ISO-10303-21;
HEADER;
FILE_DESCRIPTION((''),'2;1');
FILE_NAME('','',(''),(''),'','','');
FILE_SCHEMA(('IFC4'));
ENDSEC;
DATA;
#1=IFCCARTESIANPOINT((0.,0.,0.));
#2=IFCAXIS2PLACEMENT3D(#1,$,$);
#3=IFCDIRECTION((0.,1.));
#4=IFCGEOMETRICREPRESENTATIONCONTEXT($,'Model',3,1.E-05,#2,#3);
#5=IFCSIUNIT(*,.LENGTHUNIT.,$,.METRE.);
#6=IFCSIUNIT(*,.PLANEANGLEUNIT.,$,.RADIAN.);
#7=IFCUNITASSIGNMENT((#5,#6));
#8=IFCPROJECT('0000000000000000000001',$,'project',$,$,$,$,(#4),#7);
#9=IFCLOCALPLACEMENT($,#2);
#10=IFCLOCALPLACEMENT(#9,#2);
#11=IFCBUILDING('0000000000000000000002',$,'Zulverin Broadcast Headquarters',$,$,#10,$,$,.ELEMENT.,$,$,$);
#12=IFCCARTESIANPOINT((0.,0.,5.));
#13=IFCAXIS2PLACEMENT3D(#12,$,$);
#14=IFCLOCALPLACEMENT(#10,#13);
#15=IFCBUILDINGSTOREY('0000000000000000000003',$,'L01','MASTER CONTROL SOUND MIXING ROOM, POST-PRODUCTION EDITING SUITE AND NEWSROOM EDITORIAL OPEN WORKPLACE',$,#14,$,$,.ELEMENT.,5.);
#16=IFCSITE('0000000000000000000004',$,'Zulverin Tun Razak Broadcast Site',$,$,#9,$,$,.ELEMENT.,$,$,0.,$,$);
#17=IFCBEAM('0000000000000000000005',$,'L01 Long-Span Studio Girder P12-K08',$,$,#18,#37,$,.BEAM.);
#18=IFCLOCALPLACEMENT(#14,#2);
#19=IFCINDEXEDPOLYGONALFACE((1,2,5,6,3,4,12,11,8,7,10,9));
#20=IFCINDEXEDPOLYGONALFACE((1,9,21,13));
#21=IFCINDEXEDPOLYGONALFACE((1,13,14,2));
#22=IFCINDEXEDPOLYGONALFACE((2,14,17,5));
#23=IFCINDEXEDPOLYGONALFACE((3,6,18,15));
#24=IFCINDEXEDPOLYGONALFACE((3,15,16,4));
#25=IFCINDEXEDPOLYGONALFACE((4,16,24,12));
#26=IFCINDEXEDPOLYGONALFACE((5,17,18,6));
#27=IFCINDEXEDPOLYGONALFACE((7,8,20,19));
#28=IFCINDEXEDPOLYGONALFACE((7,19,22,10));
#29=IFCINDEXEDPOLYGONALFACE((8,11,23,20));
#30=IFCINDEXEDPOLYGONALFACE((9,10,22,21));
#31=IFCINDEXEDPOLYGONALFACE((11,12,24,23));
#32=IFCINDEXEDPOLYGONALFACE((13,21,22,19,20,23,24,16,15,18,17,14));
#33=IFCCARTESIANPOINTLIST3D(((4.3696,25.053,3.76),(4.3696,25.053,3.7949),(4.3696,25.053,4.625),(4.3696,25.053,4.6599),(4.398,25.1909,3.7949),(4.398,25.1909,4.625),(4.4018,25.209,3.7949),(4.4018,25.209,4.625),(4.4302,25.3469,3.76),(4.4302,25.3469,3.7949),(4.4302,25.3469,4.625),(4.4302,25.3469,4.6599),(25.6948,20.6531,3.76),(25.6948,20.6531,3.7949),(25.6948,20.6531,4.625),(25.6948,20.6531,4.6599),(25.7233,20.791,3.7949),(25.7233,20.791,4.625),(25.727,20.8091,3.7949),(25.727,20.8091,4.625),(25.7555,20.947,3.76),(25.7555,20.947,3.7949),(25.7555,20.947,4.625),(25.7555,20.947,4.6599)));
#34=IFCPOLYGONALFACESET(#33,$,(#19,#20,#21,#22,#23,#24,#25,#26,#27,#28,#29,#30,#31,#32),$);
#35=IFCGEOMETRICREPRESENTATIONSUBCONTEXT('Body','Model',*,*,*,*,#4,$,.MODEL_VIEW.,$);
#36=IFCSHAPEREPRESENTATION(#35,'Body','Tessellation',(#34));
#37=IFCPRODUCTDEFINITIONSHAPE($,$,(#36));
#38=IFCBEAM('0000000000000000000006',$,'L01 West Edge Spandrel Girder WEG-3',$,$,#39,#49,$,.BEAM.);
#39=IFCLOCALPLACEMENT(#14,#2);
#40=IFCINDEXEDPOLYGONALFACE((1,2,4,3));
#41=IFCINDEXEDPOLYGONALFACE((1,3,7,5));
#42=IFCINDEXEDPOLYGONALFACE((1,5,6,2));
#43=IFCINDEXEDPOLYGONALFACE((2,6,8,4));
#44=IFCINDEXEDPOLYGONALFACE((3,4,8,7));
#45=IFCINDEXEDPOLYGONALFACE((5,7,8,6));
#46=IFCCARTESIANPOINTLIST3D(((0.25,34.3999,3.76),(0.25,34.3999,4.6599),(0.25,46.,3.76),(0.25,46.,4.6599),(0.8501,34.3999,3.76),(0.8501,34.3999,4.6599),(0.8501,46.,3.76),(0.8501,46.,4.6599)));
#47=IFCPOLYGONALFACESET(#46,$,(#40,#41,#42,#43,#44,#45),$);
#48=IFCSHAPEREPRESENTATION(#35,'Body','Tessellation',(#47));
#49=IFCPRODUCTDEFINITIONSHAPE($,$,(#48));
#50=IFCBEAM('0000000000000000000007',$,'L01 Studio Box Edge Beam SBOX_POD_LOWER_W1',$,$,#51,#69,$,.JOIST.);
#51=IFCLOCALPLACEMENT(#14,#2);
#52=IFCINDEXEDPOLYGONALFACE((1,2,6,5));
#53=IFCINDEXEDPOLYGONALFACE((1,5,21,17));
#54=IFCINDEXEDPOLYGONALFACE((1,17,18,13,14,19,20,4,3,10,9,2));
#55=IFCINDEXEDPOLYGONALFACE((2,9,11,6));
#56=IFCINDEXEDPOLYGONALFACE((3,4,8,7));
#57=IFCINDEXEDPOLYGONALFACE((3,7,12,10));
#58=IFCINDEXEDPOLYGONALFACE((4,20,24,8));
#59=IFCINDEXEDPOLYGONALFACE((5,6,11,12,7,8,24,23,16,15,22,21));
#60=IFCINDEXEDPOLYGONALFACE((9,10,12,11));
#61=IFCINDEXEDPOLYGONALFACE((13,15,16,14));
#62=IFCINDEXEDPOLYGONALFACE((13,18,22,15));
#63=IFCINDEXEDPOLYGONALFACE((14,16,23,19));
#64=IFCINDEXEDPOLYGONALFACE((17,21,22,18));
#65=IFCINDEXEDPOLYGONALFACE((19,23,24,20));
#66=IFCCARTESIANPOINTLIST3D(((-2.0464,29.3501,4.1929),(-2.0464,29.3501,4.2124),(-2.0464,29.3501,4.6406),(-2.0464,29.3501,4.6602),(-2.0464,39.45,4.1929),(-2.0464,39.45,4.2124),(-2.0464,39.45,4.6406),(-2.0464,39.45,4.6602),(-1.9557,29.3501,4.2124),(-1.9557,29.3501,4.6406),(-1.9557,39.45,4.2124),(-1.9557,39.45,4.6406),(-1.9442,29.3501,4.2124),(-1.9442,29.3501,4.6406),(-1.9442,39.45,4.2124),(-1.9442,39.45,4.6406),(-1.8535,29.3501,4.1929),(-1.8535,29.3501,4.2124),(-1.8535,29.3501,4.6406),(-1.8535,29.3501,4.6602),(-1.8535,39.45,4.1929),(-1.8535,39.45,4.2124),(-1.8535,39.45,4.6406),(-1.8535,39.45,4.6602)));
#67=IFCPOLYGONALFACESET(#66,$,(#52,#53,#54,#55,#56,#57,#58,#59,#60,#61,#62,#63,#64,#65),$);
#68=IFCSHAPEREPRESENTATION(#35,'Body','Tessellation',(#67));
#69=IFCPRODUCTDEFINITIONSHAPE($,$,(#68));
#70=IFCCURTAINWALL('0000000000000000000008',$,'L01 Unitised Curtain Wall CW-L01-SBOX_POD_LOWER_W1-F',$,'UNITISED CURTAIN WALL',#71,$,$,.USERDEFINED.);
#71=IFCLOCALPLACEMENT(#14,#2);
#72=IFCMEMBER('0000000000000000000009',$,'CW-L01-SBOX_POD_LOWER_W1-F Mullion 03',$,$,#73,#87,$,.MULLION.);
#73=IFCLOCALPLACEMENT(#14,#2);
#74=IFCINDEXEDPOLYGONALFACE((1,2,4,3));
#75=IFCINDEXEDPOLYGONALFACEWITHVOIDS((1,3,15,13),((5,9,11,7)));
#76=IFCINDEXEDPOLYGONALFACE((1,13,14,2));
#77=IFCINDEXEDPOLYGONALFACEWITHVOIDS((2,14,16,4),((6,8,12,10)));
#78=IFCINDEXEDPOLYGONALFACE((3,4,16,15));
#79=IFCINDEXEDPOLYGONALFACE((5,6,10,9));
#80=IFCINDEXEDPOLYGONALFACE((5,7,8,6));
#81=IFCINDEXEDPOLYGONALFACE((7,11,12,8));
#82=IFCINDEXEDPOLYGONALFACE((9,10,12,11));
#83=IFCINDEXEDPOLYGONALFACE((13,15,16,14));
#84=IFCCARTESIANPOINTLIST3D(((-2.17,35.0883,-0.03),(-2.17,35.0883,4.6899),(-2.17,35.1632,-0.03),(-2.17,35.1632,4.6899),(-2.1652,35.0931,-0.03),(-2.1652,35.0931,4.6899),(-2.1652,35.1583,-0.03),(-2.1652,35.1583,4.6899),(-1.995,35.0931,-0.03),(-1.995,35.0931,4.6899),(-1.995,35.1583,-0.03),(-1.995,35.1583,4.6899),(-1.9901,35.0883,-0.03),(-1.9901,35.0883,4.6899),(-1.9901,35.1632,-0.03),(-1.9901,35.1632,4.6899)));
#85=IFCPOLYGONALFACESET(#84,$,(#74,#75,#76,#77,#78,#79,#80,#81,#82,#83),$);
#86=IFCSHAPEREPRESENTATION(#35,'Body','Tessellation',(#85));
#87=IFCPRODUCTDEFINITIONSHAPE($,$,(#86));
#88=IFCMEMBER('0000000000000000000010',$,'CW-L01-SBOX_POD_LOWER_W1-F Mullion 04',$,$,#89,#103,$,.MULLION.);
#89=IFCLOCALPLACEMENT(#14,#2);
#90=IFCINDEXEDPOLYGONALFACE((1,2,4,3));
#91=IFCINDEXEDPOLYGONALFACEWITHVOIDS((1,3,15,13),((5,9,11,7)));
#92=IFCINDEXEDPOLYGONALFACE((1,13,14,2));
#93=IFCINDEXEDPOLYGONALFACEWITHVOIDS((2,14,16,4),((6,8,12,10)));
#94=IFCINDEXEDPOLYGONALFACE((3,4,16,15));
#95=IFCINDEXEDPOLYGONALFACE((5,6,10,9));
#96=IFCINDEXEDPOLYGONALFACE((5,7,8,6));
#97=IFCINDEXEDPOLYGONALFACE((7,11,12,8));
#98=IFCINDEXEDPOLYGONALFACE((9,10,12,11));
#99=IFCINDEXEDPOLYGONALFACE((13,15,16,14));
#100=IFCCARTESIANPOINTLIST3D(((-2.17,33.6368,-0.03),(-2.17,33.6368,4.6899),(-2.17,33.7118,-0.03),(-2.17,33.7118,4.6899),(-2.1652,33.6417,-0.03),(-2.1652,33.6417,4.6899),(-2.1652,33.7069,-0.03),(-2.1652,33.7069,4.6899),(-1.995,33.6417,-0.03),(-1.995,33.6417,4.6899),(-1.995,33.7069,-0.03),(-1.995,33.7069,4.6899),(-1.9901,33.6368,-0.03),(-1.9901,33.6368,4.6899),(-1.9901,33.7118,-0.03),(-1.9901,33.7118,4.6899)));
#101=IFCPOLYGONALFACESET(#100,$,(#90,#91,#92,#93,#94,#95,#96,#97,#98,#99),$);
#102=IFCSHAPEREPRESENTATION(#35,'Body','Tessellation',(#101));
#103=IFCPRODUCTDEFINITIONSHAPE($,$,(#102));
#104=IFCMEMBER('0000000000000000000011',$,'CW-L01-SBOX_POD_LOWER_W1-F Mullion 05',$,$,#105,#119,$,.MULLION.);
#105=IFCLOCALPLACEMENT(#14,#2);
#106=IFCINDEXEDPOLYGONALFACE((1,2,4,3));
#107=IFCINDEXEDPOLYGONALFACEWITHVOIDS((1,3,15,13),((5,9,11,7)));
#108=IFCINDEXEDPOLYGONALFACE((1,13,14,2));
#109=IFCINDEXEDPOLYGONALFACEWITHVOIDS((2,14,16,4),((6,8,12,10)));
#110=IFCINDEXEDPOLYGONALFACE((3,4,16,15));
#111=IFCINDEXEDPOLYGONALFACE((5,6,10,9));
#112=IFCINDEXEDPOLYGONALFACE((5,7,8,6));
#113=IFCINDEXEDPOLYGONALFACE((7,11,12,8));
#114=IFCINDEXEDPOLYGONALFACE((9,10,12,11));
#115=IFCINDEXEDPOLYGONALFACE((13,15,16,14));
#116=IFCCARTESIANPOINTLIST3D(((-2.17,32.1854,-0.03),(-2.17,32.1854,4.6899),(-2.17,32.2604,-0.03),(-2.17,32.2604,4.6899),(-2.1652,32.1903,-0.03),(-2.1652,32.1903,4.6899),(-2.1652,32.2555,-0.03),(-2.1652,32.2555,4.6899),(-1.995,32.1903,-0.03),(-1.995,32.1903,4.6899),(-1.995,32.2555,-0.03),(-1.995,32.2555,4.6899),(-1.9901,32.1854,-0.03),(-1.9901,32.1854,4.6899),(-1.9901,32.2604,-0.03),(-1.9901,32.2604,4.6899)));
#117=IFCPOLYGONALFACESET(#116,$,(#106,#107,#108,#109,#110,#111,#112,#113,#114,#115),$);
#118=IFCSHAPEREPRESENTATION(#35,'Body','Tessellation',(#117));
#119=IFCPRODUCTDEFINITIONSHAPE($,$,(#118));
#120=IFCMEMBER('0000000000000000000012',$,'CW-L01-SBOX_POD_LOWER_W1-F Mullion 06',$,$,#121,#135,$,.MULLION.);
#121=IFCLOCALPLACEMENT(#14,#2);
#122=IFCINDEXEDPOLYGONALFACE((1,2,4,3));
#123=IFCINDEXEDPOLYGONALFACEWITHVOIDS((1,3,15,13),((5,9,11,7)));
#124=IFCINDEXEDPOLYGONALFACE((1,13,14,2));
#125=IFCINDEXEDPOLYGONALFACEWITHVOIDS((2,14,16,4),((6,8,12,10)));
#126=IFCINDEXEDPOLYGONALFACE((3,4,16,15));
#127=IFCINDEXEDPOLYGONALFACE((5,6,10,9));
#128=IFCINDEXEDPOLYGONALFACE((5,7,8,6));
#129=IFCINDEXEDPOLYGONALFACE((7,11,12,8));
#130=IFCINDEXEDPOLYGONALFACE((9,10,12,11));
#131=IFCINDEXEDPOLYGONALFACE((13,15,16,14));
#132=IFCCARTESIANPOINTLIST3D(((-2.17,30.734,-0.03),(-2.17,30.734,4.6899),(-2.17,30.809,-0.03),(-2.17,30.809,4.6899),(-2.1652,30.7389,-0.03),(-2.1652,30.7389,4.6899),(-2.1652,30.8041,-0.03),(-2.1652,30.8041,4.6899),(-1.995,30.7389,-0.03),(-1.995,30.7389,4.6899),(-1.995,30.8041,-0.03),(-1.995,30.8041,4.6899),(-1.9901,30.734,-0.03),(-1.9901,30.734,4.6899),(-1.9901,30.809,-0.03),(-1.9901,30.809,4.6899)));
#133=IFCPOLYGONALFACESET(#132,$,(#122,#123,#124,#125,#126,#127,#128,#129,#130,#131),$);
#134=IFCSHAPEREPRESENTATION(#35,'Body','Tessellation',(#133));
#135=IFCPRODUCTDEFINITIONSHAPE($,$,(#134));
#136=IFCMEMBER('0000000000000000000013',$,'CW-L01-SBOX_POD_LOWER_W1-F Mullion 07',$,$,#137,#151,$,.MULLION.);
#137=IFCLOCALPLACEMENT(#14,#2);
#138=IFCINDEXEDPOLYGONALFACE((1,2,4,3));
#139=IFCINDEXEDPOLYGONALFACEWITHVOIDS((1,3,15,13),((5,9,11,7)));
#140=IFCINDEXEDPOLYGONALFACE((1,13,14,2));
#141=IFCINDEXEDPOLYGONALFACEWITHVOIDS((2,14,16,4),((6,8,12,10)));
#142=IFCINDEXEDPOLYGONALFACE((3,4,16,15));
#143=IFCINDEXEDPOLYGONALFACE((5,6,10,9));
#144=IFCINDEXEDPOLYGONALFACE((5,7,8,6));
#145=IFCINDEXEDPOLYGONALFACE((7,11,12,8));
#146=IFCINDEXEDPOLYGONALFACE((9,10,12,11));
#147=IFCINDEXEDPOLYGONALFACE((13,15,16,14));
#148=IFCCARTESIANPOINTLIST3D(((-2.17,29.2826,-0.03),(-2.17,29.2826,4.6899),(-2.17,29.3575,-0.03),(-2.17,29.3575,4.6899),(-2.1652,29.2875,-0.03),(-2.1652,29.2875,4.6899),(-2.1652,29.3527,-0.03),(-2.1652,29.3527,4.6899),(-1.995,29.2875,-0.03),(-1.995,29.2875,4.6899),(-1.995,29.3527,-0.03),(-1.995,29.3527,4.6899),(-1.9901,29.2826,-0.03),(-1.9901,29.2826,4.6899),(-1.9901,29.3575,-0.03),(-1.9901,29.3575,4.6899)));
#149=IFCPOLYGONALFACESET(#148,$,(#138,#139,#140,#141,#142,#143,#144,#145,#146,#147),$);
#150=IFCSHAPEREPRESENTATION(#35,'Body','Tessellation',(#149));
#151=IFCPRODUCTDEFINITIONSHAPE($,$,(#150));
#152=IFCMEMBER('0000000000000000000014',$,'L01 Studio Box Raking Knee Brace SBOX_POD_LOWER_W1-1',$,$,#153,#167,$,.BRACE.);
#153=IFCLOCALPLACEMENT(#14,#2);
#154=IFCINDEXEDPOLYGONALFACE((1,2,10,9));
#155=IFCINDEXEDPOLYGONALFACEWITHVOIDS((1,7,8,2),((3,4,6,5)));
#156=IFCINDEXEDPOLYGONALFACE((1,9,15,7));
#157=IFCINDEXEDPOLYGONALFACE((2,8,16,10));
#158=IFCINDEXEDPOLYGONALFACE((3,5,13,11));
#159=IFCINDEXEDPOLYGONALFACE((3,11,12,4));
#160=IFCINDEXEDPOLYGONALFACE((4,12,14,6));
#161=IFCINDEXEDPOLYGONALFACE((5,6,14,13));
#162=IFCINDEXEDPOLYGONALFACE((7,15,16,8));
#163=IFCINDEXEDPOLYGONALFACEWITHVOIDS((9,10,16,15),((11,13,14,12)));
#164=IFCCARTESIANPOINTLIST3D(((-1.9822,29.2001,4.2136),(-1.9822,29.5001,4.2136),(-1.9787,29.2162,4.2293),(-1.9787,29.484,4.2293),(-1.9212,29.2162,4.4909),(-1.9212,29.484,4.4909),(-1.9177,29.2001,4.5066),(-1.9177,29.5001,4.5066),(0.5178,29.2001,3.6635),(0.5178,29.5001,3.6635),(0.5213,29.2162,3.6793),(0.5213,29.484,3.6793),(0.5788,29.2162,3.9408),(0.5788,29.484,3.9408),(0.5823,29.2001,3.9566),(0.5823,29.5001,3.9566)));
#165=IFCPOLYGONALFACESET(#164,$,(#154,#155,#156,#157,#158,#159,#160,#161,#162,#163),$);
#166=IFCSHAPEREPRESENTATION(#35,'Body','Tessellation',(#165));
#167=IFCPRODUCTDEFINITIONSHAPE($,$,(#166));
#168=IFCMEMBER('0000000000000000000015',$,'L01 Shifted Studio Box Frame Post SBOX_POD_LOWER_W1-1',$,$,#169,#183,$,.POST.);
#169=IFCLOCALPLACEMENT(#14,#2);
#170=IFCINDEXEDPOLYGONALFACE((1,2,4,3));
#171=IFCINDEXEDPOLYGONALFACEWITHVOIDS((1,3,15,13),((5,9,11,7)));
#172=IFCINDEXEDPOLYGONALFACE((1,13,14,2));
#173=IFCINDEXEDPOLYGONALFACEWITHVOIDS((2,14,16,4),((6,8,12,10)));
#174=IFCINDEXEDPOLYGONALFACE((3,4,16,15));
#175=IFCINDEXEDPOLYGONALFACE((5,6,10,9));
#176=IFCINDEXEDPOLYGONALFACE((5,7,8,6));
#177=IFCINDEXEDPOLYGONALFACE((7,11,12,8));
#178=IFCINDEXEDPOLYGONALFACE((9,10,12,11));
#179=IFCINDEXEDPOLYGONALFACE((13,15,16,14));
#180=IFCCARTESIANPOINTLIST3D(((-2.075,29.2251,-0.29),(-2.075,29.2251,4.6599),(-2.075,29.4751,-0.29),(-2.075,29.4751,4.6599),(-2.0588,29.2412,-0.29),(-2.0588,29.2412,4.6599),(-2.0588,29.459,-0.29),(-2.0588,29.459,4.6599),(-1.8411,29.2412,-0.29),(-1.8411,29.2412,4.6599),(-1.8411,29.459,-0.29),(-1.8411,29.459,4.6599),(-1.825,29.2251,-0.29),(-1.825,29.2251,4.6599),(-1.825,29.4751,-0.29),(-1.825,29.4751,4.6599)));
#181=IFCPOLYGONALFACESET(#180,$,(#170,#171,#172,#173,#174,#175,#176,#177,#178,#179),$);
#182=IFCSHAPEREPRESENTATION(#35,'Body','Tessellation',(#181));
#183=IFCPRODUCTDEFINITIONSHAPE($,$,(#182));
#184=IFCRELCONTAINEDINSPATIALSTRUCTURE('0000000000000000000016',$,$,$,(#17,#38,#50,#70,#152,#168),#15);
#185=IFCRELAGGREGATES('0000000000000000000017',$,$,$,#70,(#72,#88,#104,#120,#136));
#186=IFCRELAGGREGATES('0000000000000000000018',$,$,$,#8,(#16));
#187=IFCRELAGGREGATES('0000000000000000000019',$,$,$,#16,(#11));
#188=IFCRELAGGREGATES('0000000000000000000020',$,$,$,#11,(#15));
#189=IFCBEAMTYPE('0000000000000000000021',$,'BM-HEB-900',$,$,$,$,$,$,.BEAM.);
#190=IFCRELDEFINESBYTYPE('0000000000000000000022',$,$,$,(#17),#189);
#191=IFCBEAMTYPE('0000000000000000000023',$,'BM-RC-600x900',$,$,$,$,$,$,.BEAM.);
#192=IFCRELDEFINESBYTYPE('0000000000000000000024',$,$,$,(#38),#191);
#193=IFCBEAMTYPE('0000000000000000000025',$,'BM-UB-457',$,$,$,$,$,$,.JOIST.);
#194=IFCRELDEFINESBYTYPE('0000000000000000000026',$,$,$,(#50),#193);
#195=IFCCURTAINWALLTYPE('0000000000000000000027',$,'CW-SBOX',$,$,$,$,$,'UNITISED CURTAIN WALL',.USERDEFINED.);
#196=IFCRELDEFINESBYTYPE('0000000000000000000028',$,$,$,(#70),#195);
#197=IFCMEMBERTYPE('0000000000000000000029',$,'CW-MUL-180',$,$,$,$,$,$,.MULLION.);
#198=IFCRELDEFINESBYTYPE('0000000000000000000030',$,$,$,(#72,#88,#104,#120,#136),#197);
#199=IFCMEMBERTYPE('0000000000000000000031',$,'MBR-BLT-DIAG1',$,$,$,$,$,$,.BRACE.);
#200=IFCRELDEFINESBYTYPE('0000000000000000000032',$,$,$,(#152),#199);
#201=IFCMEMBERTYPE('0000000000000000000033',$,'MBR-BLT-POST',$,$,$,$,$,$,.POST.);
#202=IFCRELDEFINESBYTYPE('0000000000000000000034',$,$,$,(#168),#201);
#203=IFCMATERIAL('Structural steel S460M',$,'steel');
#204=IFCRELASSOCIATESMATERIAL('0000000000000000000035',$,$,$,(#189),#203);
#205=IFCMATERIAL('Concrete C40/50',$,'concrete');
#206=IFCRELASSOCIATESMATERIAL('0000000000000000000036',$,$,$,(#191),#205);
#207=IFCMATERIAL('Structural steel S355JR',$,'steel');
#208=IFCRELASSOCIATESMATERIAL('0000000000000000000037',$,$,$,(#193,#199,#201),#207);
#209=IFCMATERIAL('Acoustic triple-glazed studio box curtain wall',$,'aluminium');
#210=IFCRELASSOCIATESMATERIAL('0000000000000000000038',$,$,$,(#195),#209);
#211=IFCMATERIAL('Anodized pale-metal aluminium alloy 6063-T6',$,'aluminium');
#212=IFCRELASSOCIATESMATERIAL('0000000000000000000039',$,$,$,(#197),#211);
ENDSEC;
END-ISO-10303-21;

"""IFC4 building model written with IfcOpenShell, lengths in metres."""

from ifc_helpers import new_model, si_unit, direction, frame, origin, origin_2d, place, context, subcontext, project, spatial, rectangle, hollow_rectangle, i_section, extrude, material, material_profile, profile_set, type_object, element, aggregate, save


model = new_model("IFC4")

# Units and contexts
model_context = context("Model", 3, precision=1e-05, world=origin(), true_north=direction((0.0, 1.0)))
body_context = subcontext(model_context, "Body", "Model", "MODEL_VIEW")
ifc_project = project(units=[si_unit("LENGTHUNIT", "METRE"), si_unit("PLANEANGLEUNIT", "RADIAN")], contexts=[model_context])

# Site, building, storey
site_placement = place(None, origin())
site = spatial("IfcSite", under=ifc_project, at=site_placement, Name="Zulverin Tun Razak Broadcast Site", CompositionType="ELEMENT", RefElevation=0.0)
building_placement = place(site_placement, origin())
building = spatial("IfcBuilding", under=site, at=building_placement, Name="Zulverin Broadcast Headquarters", CompositionType="ELEMENT")
storey_placement = place(building_placement, frame((0.0, 0.0, 5.0)))
storey = spatial("IfcBuildingStorey", under=building, at=storey_placement, Name="L01", Description="MASTER CONTROL SOUND MIXING ROOM, POST-PRODUCTION EDITING SUITE AND NEWSROOM EDITORIAL OPEN WORKPLACE", CompositionType="ELEMENT", Elevation=5.0)

# Beams
ifc_material_1 = material(Name="Structural steel S460M", Category="steel")
ifc_material_profile_1 = material_profile(ifc_material_1, i_section(OverallWidth=0.3, OverallDepth=0.8999, WebThickness=0.0186, FlangeThickness=0.0349, at=origin_2d()), Name="Structural steel S460M", Category="steel")
ifc_profile_set_1 = profile_set([ifc_material_profile_1], Name="Structural steel S460M")
beam_type_1 = type_object("IfcBeamType", Name="BM-HEB-900", PredefinedType="BEAM", material=ifc_profile_set_1)
beam_1_placement = place(storey_placement, frame((4.3999, 25.2, 4.21), z_axis=(0.979371, -0.202068, 0.0), x_axis=(0.202068, 0.979371, 0.0)))
element("IfcBeam", 1, at=beam_1_placement, inside=storey, type_object=beam_type_1, Name="L01 Long-Span Studio Girder P12-K08", PredefinedType="BEAM", context=body_context, shape_type="SweptSolid", body=[
    extrude(i_section(OverallWidth=0.3, OverallDepth=0.8999, WebThickness=0.0186, FlangeThickness=0.0349, at=origin_2d()), origin(), (0.0, 0.0, 1.0), 21.7744),
])
ifc_material_2 = material(Name="Concrete C40/50", Category="concrete")
ifc_material_profile_2 = material_profile(ifc_material_2, rectangle(XDim=0.6001, YDim=0.8999, at=origin_2d()), Name="Concrete C40/50", Category="concrete")
ifc_profile_set_2 = profile_set([ifc_material_profile_2], Name="Concrete C40/50")
beam_type_2 = type_object("IfcBeamType", Name="BM-RC-600x900", PredefinedType="BEAM", material=ifc_profile_set_2)
beam_2_placement = place(storey_placement, frame((0.55, 34.3999, 4.21), z_axis=(0.0, 1.0, 0.0), x_axis=(-1.0, 0.0, 0.0)))
element("IfcBeam", 2, at=beam_2_placement, inside=storey, type_object=beam_type_2, Name="L01 West Edge Spandrel Girder WEG-3", PredefinedType="BEAM", context=body_context, shape_type="SweptSolid", body=[
    extrude(rectangle(XDim=0.6001, YDim=0.8999, at=origin_2d()), origin(), (0.0, 0.0, 1.0), 11.6001),
])
ifc_material_3 = material(Name="Structural steel S355JR", Category="steel")
ifc_material_profile_3 = material_profile(ifc_material_3, i_section(OverallWidth=0.1929, OverallDepth=0.4673, WebThickness=0.0115, FlangeThickness=0.0195, at=origin_2d()), Name="Structural steel S355JR", Category="steel")
ifc_profile_set_3 = profile_set([ifc_material_profile_3], Name="Structural steel S355JR")
beam_type_3 = type_object("IfcBeamType", Name="BM-UB-457", PredefinedType="JOIST", material=ifc_profile_set_3)
beam_3_placement = place(storey_placement, frame((-1.95, 29.3501, 4.4265), z_axis=(0.0, 1.0, 0.0), x_axis=(-1.0, 0.0, 0.0)))
element("IfcBeam", 3, at=beam_3_placement, inside=storey, type_object=beam_type_3, Name="L01 Studio Box Edge Beam SBOX_POD_LOWER_W1", PredefinedType="JOIST", context=body_context, shape_type="SweptSolid", body=[
    extrude(i_section(OverallWidth=0.1929, OverallDepth=0.4673, WebThickness=0.0115, FlangeThickness=0.0195, at=origin_2d()), origin(), (0.0, 0.0, 1.0), 10.0999),
])

# Curtain wall, members
ifc_material_4 = material(Name="Acoustic triple-glazed studio box curtain wall", Category="aluminium")
curtain_wall_type = type_object("IfcCurtainWallType", Name="CW-SBOX", ElementType="UNITISED CURTAIN WALL", PredefinedType="USERDEFINED", material=ifc_material_4)
curtain_wall_placement = place(storey_placement, origin())
curtain_wall = element("IfcCurtainWall", 4, at=curtain_wall_placement, inside=storey, type_object=curtain_wall_type, Name="L01 Unitised Curtain Wall CW-L01-SBOX_POD_LOWER_W1-F", ObjectType="UNITISED CURTAIN WALL", PredefinedType="USERDEFINED")
ifc_material_5 = material(Name="Anodized pale-metal aluminium alloy 6063-T6", Category="aluminium")
ifc_material_profile_4 = material_profile(ifc_material_5, hollow_rectangle(XDim=0.075, YDim=0.1799, WallThickness=0.0049, at=origin_2d()), Name="Anodized pale-metal aluminium alloy 6063-T6", Category="aluminium")
ifc_profile_set_4 = profile_set([ifc_material_profile_4], Name="Anodized pale-metal aluminium alloy 6063-T6")
member_type_1 = type_object("IfcMemberType", Name="CW-MUL-180", PredefinedType="MULLION", material=ifc_profile_set_4)
member_1_placement = place(storey_placement, frame((-2.0801, 35.1257, -0.03), z_axis=(0.0, 0.0, 1.0), x_axis=(0.0, -1.0, 0.0)))
member_1 = element("IfcMember", 5, at=member_1_placement, type_object=member_type_1, Name="CW-L01-SBOX_POD_LOWER_W1-F Mullion 03", PredefinedType="MULLION", context=body_context, shape_type="SweptSolid", body=[
    extrude(hollow_rectangle(XDim=0.075, YDim=0.1799, WallThickness=0.0049, at=origin_2d()), origin(), (0.0, 0.0, 1.0), 4.72),
])
member_2_placement = place(storey_placement, frame((-2.0801, 33.6743, -0.03), z_axis=(0.0, 0.0, 1.0), x_axis=(0.0, -1.0, 0.0)))
member_2 = element("IfcMember", 6, at=member_2_placement, type_object=member_type_1, Name="CW-L01-SBOX_POD_LOWER_W1-F Mullion 04", PredefinedType="MULLION", context=body_context, shape_type="SweptSolid", body=[
    extrude(hollow_rectangle(XDim=0.075, YDim=0.1799, WallThickness=0.0049, at=origin_2d()), origin(), (0.0, 0.0, 1.0), 4.72),
])
member_3_placement = place(storey_placement, frame((-2.0801, 32.2229, -0.03), z_axis=(0.0, 0.0, 1.0), x_axis=(0.0, -1.0, 0.0)))
member_3 = element("IfcMember", 7, at=member_3_placement, type_object=member_type_1, Name="CW-L01-SBOX_POD_LOWER_W1-F Mullion 05", PredefinedType="MULLION", context=body_context, shape_type="SweptSolid", body=[
    extrude(hollow_rectangle(XDim=0.075, YDim=0.1799, WallThickness=0.0049, at=origin_2d()), origin(), (0.0, 0.0, 1.0), 4.72),
])
member_4_placement = place(storey_placement, frame((-2.0801, 30.7715, -0.03), z_axis=(0.0, 0.0, 1.0), x_axis=(0.0, -1.0, 0.0)))
member_4 = element("IfcMember", 8, at=member_4_placement, type_object=member_type_1, Name="CW-L01-SBOX_POD_LOWER_W1-F Mullion 06", PredefinedType="MULLION", context=body_context, shape_type="SweptSolid", body=[
    extrude(hollow_rectangle(XDim=0.075, YDim=0.1799, WallThickness=0.0049, at=origin_2d()), origin(), (0.0, 0.0, 1.0), 4.72),
])
member_5_placement = place(storey_placement, frame((-2.0801, 29.3201, -0.03), z_axis=(0.0, 0.0, 1.0), x_axis=(0.0, -1.0, 0.0)))
member_5 = element("IfcMember", 9, at=member_5_placement, type_object=member_type_1, Name="CW-L01-SBOX_POD_LOWER_W1-F Mullion 07", PredefinedType="MULLION", context=body_context, shape_type="SweptSolid", body=[
    extrude(hollow_rectangle(XDim=0.075, YDim=0.1799, WallThickness=0.0049, at=origin_2d()), origin(), (0.0, 0.0, 1.0), 4.72),
])

# Members
ifc_material_profile_5 = material_profile(ifc_material_3, hollow_rectangle(XDim=0.3, YDim=0.3, WallThickness=0.0161, at=origin_2d()), Name="Structural steel S355JR", Category="steel")
ifc_profile_set_5 = profile_set([ifc_material_profile_5], Name="Structural steel S355JR")
member_type_2 = type_object("IfcMemberType", Name="MBR-BLT-DIAG1", PredefinedType="BRACE", material=ifc_profile_set_5)
member_6_placement = place(storey_placement, frame((0.55, 29.3501, 3.8101), z_axis=(-0.97664, 0.0, 0.21488), x_axis=(0.0, -1.0, 0.0)))
element("IfcMember", 10, at=member_6_placement, inside=storey, type_object=member_type_2, Name="L01 Studio Box Raking Knee Brace SBOX_POD_LOWER_W1-1", PredefinedType="BRACE", context=body_context, shape_type="SweptSolid", body=[
    extrude(hollow_rectangle(XDim=0.3, YDim=0.3, WallThickness=0.0161, at=origin_2d()), origin(), (0.0, 0.0, 1.0), 2.5598),
])
ifc_material_profile_6 = material_profile(ifc_material_3, hollow_rectangle(XDim=0.25, YDim=0.25, WallThickness=0.0161, at=origin_2d()), Name="Structural steel S355JR", Category="steel")
ifc_profile_set_6 = profile_set([ifc_material_profile_6], Name="Structural steel S355JR")
member_type_3 = type_object("IfcMemberType", Name="MBR-BLT-POST", PredefinedType="POST", material=ifc_profile_set_6)
member_7_placement = place(storey_placement, frame((-1.95, 29.3501, -0.29), z_axis=(0.0, 0.0, 1.0), x_axis=(1.0, 0.0, 0.0)))
element("IfcMember", 11, at=member_7_placement, inside=storey, type_object=member_type_3, Name="L01 Shifted Studio Box Frame Post SBOX_POD_LOWER_W1-1", PredefinedType="POST", context=body_context, shape_type="SweptSolid", body=[
    extrude(hollow_rectangle(XDim=0.25, YDim=0.25, WallThickness=0.0161, at=origin_2d()), origin(), (0.0, 0.0, 1.0), 4.95),
])

aggregate(curtain_wall, [member_1, member_2, member_3, member_4, member_5])

save(model, "model.ifc")
